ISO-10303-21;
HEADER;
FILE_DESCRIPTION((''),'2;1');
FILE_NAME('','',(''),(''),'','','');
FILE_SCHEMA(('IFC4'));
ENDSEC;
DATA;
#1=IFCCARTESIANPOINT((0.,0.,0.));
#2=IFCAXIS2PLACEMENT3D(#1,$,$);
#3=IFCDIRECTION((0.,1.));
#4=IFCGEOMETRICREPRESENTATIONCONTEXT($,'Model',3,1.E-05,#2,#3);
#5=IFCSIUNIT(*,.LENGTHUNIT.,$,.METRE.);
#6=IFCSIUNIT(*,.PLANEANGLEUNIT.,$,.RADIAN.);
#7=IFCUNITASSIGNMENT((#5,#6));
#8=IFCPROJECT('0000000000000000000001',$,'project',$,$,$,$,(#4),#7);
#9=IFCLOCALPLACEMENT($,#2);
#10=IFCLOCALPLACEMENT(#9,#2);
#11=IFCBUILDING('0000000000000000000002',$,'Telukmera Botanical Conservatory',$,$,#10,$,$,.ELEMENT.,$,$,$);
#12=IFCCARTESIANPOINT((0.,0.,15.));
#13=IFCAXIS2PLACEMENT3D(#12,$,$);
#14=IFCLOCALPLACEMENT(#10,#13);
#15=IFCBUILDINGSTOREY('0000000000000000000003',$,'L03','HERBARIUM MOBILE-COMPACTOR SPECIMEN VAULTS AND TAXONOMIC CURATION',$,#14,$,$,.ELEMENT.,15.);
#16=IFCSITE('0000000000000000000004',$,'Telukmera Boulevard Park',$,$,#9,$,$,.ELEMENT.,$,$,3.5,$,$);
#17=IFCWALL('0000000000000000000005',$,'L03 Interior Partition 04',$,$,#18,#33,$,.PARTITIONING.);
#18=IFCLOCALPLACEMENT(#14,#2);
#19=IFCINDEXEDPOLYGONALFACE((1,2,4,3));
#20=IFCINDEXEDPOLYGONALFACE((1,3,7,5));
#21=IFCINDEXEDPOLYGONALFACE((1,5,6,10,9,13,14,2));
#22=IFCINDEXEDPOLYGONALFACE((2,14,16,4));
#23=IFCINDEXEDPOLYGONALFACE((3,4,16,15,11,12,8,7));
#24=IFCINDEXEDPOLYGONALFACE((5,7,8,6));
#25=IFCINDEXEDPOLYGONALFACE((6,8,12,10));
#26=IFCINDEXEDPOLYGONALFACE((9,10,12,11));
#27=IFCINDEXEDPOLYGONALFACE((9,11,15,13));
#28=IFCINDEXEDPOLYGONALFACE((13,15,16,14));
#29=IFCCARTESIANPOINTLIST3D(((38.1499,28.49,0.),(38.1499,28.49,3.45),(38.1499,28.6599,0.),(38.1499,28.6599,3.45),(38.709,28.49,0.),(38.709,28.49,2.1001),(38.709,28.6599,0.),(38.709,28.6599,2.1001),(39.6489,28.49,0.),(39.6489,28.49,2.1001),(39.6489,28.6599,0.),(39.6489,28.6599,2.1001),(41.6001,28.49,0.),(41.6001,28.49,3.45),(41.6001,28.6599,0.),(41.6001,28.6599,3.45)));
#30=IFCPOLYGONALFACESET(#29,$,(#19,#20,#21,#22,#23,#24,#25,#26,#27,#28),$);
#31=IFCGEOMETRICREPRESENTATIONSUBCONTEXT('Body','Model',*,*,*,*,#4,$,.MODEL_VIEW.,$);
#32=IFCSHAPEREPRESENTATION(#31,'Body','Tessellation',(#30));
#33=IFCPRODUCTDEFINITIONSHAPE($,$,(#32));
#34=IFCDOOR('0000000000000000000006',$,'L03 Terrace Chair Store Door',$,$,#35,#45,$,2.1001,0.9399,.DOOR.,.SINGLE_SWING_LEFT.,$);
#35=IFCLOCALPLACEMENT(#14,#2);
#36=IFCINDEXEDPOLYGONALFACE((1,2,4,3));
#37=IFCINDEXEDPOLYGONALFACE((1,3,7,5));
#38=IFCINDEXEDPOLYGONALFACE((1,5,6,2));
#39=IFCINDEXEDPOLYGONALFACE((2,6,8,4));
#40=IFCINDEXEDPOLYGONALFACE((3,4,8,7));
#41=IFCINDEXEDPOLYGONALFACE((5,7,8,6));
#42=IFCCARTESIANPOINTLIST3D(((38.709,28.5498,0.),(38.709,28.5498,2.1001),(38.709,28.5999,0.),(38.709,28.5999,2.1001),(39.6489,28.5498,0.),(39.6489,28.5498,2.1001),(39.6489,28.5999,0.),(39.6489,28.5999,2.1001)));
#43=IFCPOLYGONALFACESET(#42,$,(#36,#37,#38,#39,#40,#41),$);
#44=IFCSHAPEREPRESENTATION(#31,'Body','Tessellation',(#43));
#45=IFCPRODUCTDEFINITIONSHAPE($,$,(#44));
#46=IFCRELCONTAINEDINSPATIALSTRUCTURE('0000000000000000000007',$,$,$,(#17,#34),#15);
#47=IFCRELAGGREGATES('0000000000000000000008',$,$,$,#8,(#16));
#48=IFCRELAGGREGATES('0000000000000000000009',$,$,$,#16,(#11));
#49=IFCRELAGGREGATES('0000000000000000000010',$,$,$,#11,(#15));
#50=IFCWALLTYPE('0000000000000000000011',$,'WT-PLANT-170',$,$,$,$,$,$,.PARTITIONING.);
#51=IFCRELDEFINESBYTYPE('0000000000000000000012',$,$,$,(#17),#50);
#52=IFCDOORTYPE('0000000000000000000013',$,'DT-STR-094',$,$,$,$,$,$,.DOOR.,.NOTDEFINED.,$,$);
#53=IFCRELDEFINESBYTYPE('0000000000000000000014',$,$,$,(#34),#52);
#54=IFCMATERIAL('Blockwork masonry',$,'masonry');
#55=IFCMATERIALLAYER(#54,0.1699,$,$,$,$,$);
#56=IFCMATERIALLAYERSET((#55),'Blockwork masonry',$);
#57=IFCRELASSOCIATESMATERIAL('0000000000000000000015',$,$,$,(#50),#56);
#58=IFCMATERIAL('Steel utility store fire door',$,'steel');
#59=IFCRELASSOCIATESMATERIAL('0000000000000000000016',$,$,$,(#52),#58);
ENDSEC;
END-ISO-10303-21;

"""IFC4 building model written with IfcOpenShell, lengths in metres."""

from ifc_helpers import new_model, si_unit, direction, frame, frame_2d, origin, place, context, subcontext, project, spatial, rectangle, extrude, material, layer, layer_set, type_object, element, fill, save


model = new_model("IFC4")

# Units and contexts
model_context = context("Model", 3, precision=1e-05, world=origin(), true_north=direction((0.0, 1.0)))
body_context = subcontext(model_context, "Body", "Model", "MODEL_VIEW")
ifc_project = project(units=[si_unit("LENGTHUNIT", "METRE"), si_unit("PLANEANGLEUNIT", "RADIAN")], contexts=[model_context])

# Site, building, storey
site_placement = place(None, origin())
site = spatial("IfcSite", under=ifc_project, at=site_placement, Name="Telukmera Boulevard Park", CompositionType="ELEMENT", RefElevation=3.5)
building_placement = place(site_placement, origin())
building = spatial("IfcBuilding", under=site, at=building_placement, Name="Telukmera Botanical Conservatory", CompositionType="ELEMENT")
storey_placement = place(building_placement, frame((0.0, 0.0, 15.0)))
storey = spatial("IfcBuildingStorey", under=building, at=storey_placement, Name="L03", Description="HERBARIUM MOBILE-COMPACTOR SPECIMEN VAULTS AND TAXONOMIC CURATION", CompositionType="ELEMENT", Elevation=15.0)

# Wall, opening, door
ifc_material_1 = material(Name="Blockwork masonry", Category="masonry")
ifc_layer_1 = layer(ifc_material_1, 0.1699)
ifc_layer_set_1 = layer_set([ifc_layer_1], Name="Blockwork masonry")
wall_type_1 = type_object("IfcWallType", Name="WT-PLANT-170", PredefinedType="PARTITIONING", material=ifc_layer_set_1)
wall_1_placement = place(storey_placement, frame((38.1499, 28.575, 0.0), z_axis=(0.0, 0.0, 1.0), x_axis=(1.0, 0.0, 0.0)))
wall_1 = element("IfcWall", 1, at=wall_1_placement, inside=storey, type_object=wall_type_1, Name="L03 Interior Partition 04", PredefinedType="PARTITIONING", context=body_context, shape_type="SweptSolid", body=[
    extrude(rectangle(XDim=3.4502, YDim=0.1699, at=frame_2d((1.7251, 0.0))), origin(), (0.0, 0.0, 1.0), 3.45),
])
opening_1_placement = place(wall_1_placement, frame((0.5591, 0.0, 0.0)))
opening_1 = element("IfcOpeningElement", 2, at=opening_1_placement, cuts=wall_1, PredefinedType="OPENING", context=body_context, shape_type="SweptSolid", body=[
    extrude(rectangle(XDim=0.9399, YDim=2.1001, at=frame_2d((0.47, 1.05))), frame((0.0, 0.095, 0.0), z_axis=(0.0, -1.0, 0.0), x_axis=(1.0, 0.0, 0.0)), (0.0, 0.0, 1.0), 0.1899),
])
ifc_material_2 = material(Name="Steel utility store fire door", Category="steel")
door_type = type_object("IfcDoorType", Name="DT-STR-094", OperationType="NOTDEFINED", PredefinedType="DOOR", material=ifc_material_2)
door_placement = place(opening_1_placement, origin())
door = element("IfcDoor", 3, at=door_placement, inside=storey, type_object=door_type, Name="L03 Terrace Chair Store Door", OperationType="SINGLE_SWING_LEFT", OverallHeight=2.1001, OverallWidth=0.9399, PredefinedType="DOOR", context=body_context, shape_type="SweptSolid", body=[
    extrude(rectangle(XDim=0.9399, YDim=2.1001, at=frame_2d((0.47, 1.05))), frame((0.0, 0.0249, 0.0), z_axis=(0.0, -1.0, 0.0), x_axis=(1.0, 0.0, 0.0)), (0.0, 0.0, 1.0), 0.05),
])
fill(opening_1, door)

save(model, "model.ifc")
